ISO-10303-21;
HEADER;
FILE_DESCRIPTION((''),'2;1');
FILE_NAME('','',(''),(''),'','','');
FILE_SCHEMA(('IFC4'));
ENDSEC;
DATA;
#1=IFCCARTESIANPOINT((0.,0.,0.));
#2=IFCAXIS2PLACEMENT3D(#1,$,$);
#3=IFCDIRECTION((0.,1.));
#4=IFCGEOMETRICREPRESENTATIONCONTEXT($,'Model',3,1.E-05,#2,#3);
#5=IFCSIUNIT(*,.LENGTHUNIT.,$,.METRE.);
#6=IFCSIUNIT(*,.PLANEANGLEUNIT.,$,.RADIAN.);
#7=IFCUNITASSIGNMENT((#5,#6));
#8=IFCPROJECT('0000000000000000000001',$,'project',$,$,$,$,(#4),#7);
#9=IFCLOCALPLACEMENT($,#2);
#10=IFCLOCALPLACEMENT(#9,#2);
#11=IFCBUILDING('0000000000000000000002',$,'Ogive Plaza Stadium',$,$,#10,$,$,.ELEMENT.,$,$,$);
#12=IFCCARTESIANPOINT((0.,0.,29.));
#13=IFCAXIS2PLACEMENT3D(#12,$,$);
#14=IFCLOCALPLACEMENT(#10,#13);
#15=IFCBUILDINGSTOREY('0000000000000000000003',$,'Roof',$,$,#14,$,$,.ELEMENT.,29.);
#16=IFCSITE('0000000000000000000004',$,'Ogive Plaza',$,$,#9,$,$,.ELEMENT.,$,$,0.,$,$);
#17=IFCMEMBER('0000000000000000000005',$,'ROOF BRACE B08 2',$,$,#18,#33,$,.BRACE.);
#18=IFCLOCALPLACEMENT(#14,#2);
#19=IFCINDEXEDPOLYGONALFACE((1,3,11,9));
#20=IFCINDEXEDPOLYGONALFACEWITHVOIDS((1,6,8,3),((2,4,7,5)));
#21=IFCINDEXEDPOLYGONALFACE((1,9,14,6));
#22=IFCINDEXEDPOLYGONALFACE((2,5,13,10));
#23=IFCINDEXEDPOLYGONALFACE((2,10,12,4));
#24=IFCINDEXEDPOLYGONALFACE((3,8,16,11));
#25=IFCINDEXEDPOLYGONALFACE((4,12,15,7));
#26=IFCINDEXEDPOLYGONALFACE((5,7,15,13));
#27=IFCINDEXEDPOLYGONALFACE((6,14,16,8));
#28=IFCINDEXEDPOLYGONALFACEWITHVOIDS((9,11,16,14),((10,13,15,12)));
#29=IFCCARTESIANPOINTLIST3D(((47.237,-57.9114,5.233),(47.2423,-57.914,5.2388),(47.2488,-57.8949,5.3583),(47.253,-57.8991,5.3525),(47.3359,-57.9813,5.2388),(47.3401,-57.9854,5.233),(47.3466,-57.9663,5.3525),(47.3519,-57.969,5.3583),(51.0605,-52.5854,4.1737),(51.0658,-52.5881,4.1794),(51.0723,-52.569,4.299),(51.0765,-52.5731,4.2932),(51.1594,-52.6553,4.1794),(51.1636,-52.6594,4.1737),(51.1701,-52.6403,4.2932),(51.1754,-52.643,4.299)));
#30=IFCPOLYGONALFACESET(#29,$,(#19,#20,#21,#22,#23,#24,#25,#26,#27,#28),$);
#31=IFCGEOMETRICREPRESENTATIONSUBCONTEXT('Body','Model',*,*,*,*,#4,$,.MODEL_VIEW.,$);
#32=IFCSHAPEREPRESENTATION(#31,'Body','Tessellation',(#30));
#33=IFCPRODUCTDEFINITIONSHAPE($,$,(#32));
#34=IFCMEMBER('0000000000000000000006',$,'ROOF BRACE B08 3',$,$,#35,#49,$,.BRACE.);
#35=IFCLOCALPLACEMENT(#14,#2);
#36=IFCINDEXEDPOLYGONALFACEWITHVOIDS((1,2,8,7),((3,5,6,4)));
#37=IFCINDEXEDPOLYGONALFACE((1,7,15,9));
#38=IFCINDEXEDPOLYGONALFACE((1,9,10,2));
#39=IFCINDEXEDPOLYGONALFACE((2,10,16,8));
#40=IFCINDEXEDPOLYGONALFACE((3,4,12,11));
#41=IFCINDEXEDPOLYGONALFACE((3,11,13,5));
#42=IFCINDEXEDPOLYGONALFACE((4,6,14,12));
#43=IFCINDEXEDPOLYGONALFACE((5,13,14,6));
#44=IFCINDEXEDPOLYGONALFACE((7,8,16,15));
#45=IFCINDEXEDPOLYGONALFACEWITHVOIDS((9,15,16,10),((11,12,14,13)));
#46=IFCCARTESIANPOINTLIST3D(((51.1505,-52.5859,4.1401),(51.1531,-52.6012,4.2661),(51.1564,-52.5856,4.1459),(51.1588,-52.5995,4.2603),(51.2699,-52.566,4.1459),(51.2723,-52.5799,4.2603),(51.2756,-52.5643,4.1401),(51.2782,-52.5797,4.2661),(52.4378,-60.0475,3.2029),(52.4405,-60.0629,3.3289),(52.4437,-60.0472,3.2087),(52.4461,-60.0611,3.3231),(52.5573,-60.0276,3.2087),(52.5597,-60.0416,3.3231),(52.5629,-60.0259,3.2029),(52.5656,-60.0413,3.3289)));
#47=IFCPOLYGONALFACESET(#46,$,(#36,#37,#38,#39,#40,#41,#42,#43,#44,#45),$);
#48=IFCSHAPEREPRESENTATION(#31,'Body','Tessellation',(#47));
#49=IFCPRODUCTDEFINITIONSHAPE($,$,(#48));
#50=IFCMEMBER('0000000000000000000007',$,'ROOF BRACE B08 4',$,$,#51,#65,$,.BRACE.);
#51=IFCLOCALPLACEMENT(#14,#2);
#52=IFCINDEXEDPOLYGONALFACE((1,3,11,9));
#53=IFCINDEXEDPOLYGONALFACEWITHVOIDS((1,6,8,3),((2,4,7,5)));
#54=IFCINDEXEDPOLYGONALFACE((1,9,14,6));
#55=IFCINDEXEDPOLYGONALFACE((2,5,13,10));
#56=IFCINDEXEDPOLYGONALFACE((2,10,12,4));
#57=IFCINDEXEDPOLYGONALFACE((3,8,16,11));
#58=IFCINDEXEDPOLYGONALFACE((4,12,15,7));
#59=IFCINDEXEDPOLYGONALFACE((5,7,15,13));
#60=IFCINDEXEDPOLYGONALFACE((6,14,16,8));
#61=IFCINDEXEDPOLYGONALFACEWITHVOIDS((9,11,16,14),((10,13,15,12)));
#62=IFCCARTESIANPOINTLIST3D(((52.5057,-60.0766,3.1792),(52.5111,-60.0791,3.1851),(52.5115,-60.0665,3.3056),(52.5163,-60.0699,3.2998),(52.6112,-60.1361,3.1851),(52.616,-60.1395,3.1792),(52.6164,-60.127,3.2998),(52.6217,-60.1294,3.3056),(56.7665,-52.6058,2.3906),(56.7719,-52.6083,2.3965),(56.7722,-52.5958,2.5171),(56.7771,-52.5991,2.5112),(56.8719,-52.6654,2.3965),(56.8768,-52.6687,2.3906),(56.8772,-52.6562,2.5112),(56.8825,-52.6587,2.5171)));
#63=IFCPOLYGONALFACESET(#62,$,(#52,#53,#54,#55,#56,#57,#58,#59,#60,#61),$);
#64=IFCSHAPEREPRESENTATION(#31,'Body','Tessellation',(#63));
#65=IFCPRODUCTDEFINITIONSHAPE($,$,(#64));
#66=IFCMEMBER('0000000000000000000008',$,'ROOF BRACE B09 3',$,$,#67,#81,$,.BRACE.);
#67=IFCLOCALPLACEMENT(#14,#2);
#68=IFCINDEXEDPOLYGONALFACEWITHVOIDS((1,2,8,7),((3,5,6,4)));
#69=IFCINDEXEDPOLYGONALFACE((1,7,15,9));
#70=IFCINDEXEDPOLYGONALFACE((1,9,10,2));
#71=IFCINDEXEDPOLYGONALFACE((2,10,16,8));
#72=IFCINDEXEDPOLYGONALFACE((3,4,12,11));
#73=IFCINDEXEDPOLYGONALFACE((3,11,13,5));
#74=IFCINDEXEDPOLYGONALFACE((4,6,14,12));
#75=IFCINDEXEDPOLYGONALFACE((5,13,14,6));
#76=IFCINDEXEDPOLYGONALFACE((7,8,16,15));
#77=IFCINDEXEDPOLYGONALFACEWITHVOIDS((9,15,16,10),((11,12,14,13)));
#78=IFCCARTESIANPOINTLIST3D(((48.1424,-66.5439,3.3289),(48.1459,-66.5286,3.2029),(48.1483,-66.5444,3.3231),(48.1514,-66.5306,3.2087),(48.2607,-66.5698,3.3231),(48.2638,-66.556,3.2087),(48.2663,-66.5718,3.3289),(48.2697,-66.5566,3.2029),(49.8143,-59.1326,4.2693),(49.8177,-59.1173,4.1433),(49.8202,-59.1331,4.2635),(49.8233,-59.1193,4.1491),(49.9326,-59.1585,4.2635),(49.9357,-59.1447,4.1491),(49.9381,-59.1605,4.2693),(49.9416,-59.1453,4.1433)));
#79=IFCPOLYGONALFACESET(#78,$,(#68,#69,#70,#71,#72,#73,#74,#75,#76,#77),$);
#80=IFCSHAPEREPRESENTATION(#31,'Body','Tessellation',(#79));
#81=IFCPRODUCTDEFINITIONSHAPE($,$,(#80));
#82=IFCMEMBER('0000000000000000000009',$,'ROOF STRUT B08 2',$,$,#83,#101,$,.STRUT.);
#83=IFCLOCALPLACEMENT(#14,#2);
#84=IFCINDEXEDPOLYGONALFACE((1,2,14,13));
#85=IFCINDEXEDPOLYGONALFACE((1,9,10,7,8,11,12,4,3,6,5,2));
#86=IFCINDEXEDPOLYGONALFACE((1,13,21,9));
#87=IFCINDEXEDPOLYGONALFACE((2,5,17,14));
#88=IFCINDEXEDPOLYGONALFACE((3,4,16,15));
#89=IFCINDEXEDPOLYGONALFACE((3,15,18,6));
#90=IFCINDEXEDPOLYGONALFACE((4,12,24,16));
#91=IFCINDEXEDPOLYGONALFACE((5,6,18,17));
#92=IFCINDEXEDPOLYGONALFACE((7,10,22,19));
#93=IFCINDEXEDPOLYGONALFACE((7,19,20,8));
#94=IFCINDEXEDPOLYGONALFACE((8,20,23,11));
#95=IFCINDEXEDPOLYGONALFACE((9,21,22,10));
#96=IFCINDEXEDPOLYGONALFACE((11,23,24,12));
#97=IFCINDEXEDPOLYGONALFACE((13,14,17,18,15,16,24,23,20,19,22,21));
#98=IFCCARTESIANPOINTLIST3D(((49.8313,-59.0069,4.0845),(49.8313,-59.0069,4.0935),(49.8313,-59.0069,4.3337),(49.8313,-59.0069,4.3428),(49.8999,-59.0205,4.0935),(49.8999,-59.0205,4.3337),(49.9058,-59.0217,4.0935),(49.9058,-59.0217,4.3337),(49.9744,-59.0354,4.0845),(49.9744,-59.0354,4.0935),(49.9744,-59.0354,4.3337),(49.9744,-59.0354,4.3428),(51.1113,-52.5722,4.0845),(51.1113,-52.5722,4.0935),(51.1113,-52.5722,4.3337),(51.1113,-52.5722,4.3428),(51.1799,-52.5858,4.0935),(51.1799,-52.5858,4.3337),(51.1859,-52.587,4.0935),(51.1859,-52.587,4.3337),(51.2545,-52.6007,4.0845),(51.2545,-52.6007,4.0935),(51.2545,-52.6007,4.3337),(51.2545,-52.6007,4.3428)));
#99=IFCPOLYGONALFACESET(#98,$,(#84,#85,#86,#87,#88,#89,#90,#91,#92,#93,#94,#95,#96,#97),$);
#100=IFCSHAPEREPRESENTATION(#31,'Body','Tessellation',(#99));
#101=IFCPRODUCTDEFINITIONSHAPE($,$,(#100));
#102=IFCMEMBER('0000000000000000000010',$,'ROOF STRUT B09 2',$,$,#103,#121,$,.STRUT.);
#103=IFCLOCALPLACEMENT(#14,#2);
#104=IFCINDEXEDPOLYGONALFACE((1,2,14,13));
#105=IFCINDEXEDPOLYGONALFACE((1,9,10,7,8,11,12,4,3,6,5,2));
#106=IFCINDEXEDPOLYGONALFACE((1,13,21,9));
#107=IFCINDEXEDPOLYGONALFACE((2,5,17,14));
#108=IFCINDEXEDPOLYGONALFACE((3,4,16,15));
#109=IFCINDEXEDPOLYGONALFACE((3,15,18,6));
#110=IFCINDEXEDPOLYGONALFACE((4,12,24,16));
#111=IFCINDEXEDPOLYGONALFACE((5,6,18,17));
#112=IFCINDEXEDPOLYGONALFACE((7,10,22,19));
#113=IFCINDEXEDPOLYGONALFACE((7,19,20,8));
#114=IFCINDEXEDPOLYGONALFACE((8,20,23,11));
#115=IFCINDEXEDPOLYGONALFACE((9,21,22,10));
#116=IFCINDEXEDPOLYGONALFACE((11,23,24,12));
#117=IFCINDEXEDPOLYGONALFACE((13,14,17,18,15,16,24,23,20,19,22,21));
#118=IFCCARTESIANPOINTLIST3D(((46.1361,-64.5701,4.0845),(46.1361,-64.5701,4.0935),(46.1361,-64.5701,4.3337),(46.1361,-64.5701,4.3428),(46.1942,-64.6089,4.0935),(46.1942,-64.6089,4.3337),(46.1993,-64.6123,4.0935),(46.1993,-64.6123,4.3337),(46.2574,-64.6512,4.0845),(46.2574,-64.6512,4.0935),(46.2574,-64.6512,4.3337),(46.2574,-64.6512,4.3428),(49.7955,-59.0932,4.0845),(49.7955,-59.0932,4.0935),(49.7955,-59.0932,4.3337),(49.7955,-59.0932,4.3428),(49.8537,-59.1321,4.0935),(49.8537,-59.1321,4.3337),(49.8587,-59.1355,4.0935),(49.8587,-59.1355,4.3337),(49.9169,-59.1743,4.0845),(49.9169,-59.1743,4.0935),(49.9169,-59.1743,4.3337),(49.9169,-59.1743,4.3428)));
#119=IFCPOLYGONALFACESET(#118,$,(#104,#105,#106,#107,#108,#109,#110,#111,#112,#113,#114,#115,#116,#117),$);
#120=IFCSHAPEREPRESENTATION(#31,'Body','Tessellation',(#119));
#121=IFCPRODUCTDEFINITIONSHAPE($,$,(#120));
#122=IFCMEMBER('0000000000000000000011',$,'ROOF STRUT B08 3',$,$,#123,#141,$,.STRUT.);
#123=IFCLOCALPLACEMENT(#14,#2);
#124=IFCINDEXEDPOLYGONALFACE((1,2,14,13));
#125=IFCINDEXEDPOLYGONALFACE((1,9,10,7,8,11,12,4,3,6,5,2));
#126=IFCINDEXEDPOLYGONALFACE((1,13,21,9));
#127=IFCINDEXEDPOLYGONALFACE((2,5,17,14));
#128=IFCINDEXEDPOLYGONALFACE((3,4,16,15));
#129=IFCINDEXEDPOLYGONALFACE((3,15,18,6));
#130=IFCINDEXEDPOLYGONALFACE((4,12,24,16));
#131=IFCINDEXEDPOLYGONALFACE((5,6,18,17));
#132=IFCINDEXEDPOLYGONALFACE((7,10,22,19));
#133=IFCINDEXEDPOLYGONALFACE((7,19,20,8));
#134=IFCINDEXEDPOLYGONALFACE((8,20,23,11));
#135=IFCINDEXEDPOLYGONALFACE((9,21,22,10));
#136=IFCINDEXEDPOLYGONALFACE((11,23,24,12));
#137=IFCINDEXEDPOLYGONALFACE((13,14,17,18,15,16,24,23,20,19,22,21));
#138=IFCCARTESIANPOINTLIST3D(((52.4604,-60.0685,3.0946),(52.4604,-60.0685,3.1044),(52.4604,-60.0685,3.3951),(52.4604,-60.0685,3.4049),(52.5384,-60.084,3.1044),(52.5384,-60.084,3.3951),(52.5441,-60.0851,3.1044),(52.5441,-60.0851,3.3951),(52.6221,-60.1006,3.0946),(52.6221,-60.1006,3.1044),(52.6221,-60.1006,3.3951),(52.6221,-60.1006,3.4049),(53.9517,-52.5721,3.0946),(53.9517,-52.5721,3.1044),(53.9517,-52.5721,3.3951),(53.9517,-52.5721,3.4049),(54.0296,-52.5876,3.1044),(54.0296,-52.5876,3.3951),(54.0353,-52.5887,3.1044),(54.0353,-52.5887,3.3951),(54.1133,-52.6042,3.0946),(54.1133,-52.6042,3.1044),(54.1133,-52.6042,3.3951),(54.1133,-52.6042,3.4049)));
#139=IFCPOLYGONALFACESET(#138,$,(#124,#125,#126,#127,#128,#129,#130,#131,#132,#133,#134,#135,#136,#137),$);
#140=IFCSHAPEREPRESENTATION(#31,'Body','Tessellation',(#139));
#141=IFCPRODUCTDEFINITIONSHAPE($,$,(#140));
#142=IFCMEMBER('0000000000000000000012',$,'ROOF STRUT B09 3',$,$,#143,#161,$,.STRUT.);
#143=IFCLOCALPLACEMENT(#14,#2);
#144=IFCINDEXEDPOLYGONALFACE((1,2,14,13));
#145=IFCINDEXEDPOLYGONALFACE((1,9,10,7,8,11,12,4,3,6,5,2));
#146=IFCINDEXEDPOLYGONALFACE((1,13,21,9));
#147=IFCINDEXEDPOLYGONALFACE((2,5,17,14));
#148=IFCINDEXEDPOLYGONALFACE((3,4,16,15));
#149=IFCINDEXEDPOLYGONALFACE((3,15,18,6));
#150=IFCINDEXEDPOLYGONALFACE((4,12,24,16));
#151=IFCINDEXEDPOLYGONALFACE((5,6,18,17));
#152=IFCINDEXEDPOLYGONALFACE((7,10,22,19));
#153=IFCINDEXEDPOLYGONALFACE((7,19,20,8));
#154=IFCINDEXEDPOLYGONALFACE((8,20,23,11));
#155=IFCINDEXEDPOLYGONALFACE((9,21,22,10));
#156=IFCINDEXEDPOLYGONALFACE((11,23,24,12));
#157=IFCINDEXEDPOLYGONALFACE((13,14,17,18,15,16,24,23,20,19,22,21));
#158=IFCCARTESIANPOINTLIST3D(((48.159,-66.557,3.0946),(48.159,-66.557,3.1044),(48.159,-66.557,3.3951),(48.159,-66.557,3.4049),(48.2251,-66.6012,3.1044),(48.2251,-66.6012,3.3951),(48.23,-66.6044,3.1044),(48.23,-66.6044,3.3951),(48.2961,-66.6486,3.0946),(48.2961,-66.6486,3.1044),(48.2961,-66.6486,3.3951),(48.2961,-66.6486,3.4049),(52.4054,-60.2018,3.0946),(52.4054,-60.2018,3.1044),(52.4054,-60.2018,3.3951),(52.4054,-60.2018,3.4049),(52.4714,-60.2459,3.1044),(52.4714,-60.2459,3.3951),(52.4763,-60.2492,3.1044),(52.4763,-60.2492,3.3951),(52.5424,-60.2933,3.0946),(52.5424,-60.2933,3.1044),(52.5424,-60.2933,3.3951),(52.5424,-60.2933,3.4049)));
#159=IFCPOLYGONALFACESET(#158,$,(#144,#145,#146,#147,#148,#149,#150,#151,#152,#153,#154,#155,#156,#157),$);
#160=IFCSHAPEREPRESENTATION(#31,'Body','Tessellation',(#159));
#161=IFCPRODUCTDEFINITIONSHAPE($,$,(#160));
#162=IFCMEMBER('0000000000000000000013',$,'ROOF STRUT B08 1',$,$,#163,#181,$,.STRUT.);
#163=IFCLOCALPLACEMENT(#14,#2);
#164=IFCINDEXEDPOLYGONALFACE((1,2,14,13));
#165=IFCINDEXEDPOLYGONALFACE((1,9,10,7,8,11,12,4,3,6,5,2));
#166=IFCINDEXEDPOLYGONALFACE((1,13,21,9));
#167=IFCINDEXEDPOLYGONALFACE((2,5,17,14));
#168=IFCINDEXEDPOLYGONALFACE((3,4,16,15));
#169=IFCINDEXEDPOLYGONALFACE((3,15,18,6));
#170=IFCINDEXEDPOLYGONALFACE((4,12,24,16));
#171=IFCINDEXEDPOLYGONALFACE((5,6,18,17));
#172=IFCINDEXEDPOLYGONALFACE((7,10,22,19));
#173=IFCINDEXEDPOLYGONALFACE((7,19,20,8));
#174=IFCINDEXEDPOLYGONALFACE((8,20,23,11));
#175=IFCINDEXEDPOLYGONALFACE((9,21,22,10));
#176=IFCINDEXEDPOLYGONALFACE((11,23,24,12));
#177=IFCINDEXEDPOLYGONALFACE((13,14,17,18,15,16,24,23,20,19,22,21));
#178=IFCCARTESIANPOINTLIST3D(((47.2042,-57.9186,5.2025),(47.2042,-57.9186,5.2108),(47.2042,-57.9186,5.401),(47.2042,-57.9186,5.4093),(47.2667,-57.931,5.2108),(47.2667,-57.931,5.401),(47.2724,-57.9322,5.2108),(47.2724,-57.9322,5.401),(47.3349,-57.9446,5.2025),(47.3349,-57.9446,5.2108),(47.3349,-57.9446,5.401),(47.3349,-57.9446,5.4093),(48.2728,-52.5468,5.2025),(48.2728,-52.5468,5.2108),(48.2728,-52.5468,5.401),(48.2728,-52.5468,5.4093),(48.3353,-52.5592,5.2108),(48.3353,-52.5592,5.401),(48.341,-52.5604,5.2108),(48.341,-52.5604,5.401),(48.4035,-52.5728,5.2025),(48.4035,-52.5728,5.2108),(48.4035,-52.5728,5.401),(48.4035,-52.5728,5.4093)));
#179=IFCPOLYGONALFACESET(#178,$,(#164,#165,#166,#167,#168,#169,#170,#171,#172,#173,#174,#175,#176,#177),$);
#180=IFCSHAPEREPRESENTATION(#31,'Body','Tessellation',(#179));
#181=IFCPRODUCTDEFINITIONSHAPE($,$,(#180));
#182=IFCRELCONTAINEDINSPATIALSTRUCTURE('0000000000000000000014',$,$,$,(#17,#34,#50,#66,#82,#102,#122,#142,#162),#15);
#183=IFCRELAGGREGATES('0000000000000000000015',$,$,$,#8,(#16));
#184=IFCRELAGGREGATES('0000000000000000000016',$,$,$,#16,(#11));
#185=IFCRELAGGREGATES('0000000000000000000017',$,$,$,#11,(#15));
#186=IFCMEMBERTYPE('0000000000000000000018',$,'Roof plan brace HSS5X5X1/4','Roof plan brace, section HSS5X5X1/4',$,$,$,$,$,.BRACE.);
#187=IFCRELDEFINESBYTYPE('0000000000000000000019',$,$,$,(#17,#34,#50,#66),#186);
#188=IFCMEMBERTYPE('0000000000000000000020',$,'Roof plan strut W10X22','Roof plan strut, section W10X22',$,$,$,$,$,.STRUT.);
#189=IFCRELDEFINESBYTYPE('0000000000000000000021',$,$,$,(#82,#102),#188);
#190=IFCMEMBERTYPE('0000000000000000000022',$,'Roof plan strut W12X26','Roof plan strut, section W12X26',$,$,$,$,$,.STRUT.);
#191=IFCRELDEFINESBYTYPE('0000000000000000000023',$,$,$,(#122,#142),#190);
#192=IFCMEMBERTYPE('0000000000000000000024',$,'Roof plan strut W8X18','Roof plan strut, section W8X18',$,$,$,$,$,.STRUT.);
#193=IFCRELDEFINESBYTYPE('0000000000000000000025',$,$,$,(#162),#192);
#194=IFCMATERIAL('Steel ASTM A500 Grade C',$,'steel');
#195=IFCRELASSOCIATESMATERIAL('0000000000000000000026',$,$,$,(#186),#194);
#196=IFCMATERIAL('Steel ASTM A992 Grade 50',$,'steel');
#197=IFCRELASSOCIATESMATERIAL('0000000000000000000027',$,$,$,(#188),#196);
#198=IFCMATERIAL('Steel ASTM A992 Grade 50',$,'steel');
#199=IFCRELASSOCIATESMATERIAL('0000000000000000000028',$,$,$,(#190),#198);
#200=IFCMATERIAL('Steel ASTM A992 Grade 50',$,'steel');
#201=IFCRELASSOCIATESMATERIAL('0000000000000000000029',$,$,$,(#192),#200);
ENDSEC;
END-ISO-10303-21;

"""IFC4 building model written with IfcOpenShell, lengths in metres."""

from ifc_helpers import new_model, si_unit, direction, frame, origin, origin_2d, place, context, subcontext, project, spatial, hollow_rectangle, i_section, extrude, material, material_profile, profile_set, type_object, element, save


model = new_model("IFC4")

# Units and contexts
model_context = context("Model", 3, precision=1e-05, world=origin(), true_north=direction((0.0, 1.0)))
body_context = subcontext(model_context, "Body", "Model", "MODEL_VIEW")
ifc_project = project(units=[si_unit("LENGTHUNIT", "METRE"), si_unit("PLANEANGLEUNIT", "RADIAN")], contexts=[model_context])

# Site, building, storey
site_placement = place(None, origin())
site = spatial("IfcSite", under=ifc_project, at=site_placement, Name="Ogive Plaza", CompositionType="ELEMENT", RefElevation=0.0)
building_placement = place(site_placement, origin())
building = spatial("IfcBuilding", under=site, at=building_placement, Name="Ogive Plaza Stadium", CompositionType="ELEMENT")
storey_placement = place(building_placement, frame((0.0, 0.0, 29.0)))
storey = spatial("IfcBuildingStorey", under=building, at=storey_placement, Name="Roof", CompositionType="ELEMENT", Elevation=29.0)

# Members
ifc_material_1 = material(Name="Steel ASTM A500 Grade C", Category="steel")
ifc_material_profile_1 = material_profile(ifc_material_1, hollow_rectangle(XDim=0.127, YDim=0.127, WallThickness=0.0059, at=origin_2d()), Name="HSS5X5X1/4")
ifc_profile_set_1 = profile_set([ifc_material_profile_1], Name="Steel ASTM A500 Grade C")
member_type_1 = type_object("IfcMemberType", Name="Roof plan brace HSS5X5X1/4", Description="Roof plan brace, section HSS5X5X1/4", PredefinedType="BRACE", material=ifc_profile_set_1)
member_1_placement = place(storey_placement, frame((47.2944, -57.9402, 5.2957), z_axis=(0.575714, 0.801942, -0.159506), x_axis=(-0.812342, 0.583181, 0.0)))
element("IfcMember", 1, at=member_1_placement, inside=storey, type_object=member_type_1, Name="ROOF BRACE B08 2", PredefinedType="BRACE", context=body_context, shape_type="SweptSolid", body=[
    extrude(hollow_rectangle(XDim=0.127, YDim=0.127, WallThickness=0.0059, at=origin_2d()), origin(), (0.0, 0.0, 1.0), 6.6414),
])
member_2_placement = place(storey_placement, frame((51.2144, -52.5828, 4.2031), z_axis=(0.168729, -0.977977, -0.122843), x_axis=(0.985441, 0.170017, 0.0)))
element("IfcMember", 2, at=member_2_placement, inside=storey, type_object=member_type_1, Name="ROOF BRACE B08 3", PredefinedType="BRACE", context=body_context, shape_type="SweptSolid", body=[
    extrude(hollow_rectangle(XDim=0.127, YDim=0.127, WallThickness=0.0059, at=origin_2d()), origin(), (0.0, 0.0, 1.0), 7.6296),
])
member_3_placement = place(storey_placement, frame((52.5637, -60.103, 3.2424), z_axis=(0.493348, 0.865026, -0.091308), x_axis=(-0.868655, 0.495417, 0.0)))
element("IfcMember", 3, at=member_3_placement, inside=storey, type_object=member_type_1, Name="ROOF BRACE B08 4", PredefinedType="BRACE", context=body_context, shape_type="SweptSolid", body=[
    extrude(hollow_rectangle(XDim=0.127, YDim=0.127, WallThickness=0.0059, at=origin_2d()), origin(), (0.0, 0.0, 1.0), 8.6365),
])
member_4_placement = place(storey_placement, frame((49.8779, -59.1389, 4.2063), z_axis=(-0.218386, -0.9681, -0.122842), x_axis=(0.975488, -0.220053, 0.0)))
element("IfcMember", 4, at=member_4_placement, inside=storey, type_object=member_type_1, Name="ROOF BRACE B09 3", PredefinedType="BRACE", context=body_context, shape_type="SweptSolid", body=[
    extrude(hollow_rectangle(XDim=0.127, YDim=0.127, WallThickness=0.0059, at=origin_2d()), origin(), (0.0, 0.0, 1.0), 7.6555),
])
ifc_material_2 = material(Name="Steel ASTM A992 Grade 50", Category="steel")
ifc_material_profile_2 = material_profile(ifc_material_2, i_section(OverallWidth=0.146, OverallDepth=0.2583, WebThickness=0.0061, FlangeThickness=0.009, at=origin_2d()), Name="W10X22")
ifc_profile_set_2 = profile_set([ifc_material_profile_2], Name="Steel ASTM A992 Grade 50")
member_type_2 = type_object("IfcMemberType", Name="Roof plan strut W10X22", Description="Roof plan strut, section W10X22", PredefinedType="STRUT", material=ifc_profile_set_2)
member_5_placement = place(storey_placement, frame((51.1829, -52.5864, 4.2136), z_axis=(-0.1951, -0.980783, 0.0), x_axis=(0.980783, -0.1951, 0.0)))
element("IfcMember", 5, at=member_5_placement, inside=storey, type_object=member_type_2, Name="ROOF STRUT B08 2", PredefinedType="STRUT", context=body_context, shape_type="SweptSolid", body=[
    extrude(i_section(OverallWidth=0.146, OverallDepth=0.2583, WebThickness=0.0061, FlangeThickness=0.009, at=origin_2d()), origin(), (0.0, 0.0, 1.0), 6.5608),
])
member_6_placement = place(storey_placement, frame((49.8562, -59.1338, 4.2136), z_axis=(-0.555564, -0.831474, 0.0), x_axis=(0.831474, -0.555564, 0.0)))
element("IfcMember", 6, at=member_6_placement, inside=storey, type_object=member_type_2, Name="ROOF STRUT B09 2", PredefinedType="STRUT", context=body_context, shape_type="SweptSolid", body=[
    extrude(i_section(OverallWidth=0.146, OverallDepth=0.2583, WebThickness=0.0061, FlangeThickness=0.009, at=origin_2d()), origin(), (0.0, 0.0, 1.0), 6.5869),
])
ifc_material_3 = material(Name="Steel ASTM A992 Grade 50", Category="steel")
ifc_material_profile_3 = material_profile(ifc_material_3, i_section(OverallWidth=0.1648, OverallDepth=0.3103, WebThickness=0.0059, FlangeThickness=0.0098, at=origin_2d()), Name="W12X26")
ifc_profile_set_3 = profile_set([ifc_material_profile_3], Name="Steel ASTM A992 Grade 50")
member_type_3 = type_object("IfcMemberType", Name="Roof plan strut W12X26", Description="Roof plan strut, section W12X26", PredefinedType="STRUT", material=ifc_profile_set_3)
for number, where, z_axis, x_axis, name in (
    (7, (54.0325, -52.5881, 3.2498), (-0.195102, -0.980783, 0.0), (0.980783, -0.195102, 0.0), "ROOF STRUT B08 3"),
    (8, (52.4739, -60.2476, 3.2498), (-0.555562, -0.831475, 0.0), (0.831475, -0.555562, 0.0), "ROOF STRUT B09 3"),
):
    element("IfcMember", number, at=place(storey_placement, frame(where, z_axis=z_axis, x_axis=x_axis)), inside=storey, type_object=member_type_3, Name=name, PredefinedType="STRUT", context=body_context, shape_type="SweptSolid", body=[
        extrude(i_section(OverallWidth=0.1648, OverallDepth=0.3103, WebThickness=0.0059, FlangeThickness=0.0098, at=origin_2d()), origin(), (0.0, 0.0, 1.0), 7.6433),
    ])
ifc_material_4 = material(Name="Steel ASTM A992 Grade 50", Category="steel")
ifc_material_profile_4 = material_profile(ifc_material_4, i_section(OverallWidth=0.1333, OverallDepth=0.2068, WebThickness=0.0059, FlangeThickness=0.0083, at=origin_2d()), Name="W8X18")
ifc_profile_set_4 = profile_set([ifc_material_profile_4], Name="Steel ASTM A992 Grade 50")
member_type_4 = type_object("IfcMemberType", Name="Roof plan strut W8X18", Description="Roof plan strut, section W8X18", PredefinedType="STRUT", material=ifc_profile_set_4)
for number, where, z_axis, x_axis, name in (
    (9, (48.3381, -52.5598, 5.3059), (-0.195105, -0.980782, 0.0), (0.980782, -0.195105, 0.0), "ROOF STRUT B08 1"),
):
    element("IfcMember", number, at=place(storey_placement, frame(where, z_axis=z_axis, x_axis=x_axis)), inside=storey, type_object=member_type_4, Name=name, PredefinedType="STRUT", context=body_context, shape_type="SweptSolid", body=[
        extrude(i_section(OverallWidth=0.1333, OverallDepth=0.2068, WebThickness=0.0059, FlangeThickness=0.0083, at=origin_2d()), origin(), (0.0, 0.0, 1.0), 5.4771),
    ])

save(model, "model.ifc")
